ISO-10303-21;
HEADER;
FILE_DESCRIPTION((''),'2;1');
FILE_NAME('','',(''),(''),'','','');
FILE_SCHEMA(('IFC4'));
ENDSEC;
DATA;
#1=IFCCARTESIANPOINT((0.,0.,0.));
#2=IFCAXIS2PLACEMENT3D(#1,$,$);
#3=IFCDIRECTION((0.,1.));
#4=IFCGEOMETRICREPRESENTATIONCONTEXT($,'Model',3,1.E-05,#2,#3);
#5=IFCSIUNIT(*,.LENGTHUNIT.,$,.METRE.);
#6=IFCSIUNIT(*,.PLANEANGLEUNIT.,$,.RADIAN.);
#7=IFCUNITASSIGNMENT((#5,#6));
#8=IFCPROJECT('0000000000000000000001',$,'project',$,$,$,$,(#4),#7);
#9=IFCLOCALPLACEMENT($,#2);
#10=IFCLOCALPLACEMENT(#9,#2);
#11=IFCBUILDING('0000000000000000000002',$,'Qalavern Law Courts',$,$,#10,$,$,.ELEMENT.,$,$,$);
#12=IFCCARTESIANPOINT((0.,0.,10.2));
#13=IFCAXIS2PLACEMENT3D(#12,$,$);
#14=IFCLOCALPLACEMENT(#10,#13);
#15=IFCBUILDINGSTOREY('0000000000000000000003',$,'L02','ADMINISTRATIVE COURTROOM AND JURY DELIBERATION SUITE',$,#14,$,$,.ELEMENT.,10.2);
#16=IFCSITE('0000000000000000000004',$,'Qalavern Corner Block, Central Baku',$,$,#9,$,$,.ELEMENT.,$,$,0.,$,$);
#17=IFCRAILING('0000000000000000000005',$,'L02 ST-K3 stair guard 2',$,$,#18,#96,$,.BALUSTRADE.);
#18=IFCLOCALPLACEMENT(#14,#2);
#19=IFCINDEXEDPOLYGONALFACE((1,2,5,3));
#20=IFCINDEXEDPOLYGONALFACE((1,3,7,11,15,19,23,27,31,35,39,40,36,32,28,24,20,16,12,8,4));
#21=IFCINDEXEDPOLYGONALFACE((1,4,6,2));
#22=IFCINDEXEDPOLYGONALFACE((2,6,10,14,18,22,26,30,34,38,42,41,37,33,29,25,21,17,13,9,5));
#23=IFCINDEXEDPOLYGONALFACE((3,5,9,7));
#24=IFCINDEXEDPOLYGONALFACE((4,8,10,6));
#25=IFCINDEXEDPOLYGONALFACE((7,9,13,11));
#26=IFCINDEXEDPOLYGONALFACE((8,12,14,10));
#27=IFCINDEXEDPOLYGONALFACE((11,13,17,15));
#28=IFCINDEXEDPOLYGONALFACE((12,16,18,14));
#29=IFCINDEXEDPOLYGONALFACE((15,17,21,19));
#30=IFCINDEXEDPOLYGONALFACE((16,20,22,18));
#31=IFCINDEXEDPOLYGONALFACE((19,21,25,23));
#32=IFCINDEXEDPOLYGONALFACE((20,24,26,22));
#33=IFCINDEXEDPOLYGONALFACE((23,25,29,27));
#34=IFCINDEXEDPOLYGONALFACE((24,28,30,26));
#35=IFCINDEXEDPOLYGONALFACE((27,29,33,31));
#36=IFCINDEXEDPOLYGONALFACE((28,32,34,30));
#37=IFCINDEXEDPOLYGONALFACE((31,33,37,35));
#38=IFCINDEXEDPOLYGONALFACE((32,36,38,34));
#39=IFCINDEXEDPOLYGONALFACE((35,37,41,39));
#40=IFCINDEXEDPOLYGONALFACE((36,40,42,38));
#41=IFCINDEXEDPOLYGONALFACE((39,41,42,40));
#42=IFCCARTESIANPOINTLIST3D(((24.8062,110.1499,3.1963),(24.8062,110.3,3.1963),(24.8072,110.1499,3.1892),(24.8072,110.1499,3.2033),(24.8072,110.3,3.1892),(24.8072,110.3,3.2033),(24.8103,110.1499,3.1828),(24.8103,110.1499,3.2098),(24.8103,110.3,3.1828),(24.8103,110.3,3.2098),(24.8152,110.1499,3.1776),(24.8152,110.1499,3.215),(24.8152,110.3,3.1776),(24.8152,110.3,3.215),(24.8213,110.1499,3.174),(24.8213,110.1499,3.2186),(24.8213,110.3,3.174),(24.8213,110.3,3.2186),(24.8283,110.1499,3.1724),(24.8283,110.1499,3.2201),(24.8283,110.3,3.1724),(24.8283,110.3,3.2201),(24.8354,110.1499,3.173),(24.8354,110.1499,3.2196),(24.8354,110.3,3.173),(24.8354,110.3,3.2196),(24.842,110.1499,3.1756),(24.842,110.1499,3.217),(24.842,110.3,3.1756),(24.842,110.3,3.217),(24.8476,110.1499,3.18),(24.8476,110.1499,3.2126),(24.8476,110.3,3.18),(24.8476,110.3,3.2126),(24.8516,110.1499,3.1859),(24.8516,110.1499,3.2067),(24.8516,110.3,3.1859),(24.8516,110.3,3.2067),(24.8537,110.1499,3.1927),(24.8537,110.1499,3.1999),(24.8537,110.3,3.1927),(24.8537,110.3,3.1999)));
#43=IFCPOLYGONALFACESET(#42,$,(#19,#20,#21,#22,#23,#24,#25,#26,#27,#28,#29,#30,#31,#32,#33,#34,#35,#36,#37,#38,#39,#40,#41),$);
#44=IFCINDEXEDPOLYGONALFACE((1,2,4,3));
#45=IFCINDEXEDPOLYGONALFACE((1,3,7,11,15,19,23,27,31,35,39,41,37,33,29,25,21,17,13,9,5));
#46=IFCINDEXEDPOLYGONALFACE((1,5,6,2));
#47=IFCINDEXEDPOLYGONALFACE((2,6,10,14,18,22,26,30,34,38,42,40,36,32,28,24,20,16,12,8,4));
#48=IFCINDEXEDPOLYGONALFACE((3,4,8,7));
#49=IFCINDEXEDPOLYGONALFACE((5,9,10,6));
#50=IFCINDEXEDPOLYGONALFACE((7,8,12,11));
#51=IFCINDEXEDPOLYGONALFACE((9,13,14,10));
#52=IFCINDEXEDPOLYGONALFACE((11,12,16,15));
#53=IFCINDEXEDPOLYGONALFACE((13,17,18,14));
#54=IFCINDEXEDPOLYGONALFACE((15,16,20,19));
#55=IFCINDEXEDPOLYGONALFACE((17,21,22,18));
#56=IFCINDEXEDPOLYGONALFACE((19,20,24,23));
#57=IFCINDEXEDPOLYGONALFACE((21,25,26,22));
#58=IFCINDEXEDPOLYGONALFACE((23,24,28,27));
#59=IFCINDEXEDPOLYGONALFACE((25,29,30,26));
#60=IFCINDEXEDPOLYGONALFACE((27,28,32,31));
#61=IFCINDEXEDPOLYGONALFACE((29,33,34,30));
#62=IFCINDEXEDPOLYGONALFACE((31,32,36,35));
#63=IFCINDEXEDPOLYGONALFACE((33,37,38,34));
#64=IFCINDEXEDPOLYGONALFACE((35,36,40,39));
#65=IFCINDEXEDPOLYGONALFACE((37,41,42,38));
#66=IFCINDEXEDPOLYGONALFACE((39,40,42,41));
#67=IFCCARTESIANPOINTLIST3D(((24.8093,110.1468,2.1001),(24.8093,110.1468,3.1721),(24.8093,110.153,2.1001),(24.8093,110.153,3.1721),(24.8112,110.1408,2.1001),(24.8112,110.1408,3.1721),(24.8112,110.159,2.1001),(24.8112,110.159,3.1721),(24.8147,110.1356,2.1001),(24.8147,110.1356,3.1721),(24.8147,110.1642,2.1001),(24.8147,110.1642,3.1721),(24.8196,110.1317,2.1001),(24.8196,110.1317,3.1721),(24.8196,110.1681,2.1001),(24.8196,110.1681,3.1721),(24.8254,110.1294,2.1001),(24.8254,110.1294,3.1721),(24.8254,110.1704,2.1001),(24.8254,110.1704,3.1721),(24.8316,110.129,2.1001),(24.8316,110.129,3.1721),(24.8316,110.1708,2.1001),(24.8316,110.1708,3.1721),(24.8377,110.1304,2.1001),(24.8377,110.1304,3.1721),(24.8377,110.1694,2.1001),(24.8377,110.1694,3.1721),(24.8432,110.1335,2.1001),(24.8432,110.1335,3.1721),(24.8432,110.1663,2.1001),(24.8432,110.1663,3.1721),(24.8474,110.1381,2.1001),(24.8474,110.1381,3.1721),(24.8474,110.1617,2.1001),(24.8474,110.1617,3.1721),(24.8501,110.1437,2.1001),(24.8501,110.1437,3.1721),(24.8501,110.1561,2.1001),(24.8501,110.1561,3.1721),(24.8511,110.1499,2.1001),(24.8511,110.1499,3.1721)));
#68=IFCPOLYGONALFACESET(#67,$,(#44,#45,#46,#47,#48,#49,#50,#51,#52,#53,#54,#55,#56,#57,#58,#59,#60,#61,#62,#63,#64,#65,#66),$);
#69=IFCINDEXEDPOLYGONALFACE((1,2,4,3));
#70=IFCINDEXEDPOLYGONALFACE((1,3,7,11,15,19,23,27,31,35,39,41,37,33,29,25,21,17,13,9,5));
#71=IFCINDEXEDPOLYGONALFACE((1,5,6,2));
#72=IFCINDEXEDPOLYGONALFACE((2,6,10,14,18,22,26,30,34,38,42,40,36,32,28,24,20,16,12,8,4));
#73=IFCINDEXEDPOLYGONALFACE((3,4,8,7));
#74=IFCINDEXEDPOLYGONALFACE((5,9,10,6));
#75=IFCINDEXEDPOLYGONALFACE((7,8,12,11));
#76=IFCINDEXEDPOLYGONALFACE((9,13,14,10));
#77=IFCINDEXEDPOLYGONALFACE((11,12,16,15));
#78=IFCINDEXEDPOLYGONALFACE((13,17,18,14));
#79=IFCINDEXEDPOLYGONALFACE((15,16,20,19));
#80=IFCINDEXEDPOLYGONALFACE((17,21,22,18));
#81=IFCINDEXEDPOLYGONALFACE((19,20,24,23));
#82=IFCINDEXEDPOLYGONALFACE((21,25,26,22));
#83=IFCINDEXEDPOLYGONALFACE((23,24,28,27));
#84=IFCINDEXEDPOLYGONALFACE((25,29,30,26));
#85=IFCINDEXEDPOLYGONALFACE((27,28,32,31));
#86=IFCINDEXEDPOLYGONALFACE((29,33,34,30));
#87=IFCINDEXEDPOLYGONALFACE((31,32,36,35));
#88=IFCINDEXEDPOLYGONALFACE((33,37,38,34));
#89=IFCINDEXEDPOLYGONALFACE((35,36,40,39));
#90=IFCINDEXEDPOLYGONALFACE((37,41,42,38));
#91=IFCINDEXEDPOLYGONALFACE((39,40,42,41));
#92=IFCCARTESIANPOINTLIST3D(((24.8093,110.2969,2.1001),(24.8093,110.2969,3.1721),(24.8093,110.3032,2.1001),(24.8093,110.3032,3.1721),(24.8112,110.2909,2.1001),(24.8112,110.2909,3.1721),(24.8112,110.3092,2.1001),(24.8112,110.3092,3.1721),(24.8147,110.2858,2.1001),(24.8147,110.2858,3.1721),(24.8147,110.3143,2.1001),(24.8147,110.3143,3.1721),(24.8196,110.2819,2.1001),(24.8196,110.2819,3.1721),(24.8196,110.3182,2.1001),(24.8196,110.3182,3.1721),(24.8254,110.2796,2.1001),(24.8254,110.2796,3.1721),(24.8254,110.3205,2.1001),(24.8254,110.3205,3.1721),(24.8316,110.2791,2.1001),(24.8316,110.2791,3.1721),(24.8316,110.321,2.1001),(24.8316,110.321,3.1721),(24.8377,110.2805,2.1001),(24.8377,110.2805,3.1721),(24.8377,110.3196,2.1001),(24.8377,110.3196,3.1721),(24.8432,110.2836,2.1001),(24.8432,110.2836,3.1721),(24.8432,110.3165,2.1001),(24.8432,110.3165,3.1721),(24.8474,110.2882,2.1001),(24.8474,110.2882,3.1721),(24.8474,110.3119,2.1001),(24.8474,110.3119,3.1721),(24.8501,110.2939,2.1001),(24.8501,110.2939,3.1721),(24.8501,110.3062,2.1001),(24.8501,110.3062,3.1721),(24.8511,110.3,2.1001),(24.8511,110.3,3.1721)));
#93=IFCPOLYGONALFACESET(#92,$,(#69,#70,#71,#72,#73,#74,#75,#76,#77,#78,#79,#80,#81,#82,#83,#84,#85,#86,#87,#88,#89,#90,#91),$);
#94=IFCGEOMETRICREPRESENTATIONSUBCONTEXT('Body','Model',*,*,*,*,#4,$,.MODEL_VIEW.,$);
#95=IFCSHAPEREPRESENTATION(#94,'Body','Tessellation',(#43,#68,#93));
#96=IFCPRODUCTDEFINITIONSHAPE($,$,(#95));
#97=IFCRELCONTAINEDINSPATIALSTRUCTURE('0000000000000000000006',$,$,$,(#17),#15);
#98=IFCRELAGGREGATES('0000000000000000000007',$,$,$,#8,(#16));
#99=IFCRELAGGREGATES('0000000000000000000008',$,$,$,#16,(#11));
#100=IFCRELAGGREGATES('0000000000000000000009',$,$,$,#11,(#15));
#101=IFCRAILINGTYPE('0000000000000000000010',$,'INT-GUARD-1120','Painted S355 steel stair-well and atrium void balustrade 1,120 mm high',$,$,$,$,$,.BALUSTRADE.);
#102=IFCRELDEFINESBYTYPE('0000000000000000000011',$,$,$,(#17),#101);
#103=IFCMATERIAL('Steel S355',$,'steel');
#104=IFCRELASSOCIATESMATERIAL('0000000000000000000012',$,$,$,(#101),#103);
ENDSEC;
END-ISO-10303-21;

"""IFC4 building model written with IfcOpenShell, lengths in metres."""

from ifc_helpers import new_model, si_unit, direction, frame, origin, origin_2d, place, context, subcontext, project, spatial, circle, extrude, material, type_object, element, save


model = new_model("IFC4")

# Units and contexts
model_context = context("Model", 3, precision=1e-05, world=origin(), true_north=direction((0.0, 1.0)))
body_context = subcontext(model_context, "Body", "Model", "MODEL_VIEW")
ifc_project = project(units=[si_unit("LENGTHUNIT", "METRE"), si_unit("PLANEANGLEUNIT", "RADIAN")], contexts=[model_context])

# Site, building, storey
site_placement = place(None, origin())
site = spatial("IfcSite", under=ifc_project, at=site_placement, Name="Qalavern Corner Block, Central Baku", CompositionType="ELEMENT", RefElevation=0.0)
building_placement = place(site_placement, origin())
building = spatial("IfcBuilding", under=site, at=building_placement, Name="Qalavern Law Courts", CompositionType="ELEMENT")
storey_placement = place(building_placement, frame((0.0, 0.0, 10.2)))
storey = spatial("IfcBuildingStorey", under=building, at=storey_placement, Name="L02", Description="ADMINISTRATIVE COURTROOM AND JURY DELIBERATION SUITE", CompositionType="ELEMENT", Elevation=10.2)

# Shared definitions
ifc_material_1 = material(Name="Steel S355", Category="steel")

# Railing
railing_type_1 = type_object("IfcRailingType", Name="INT-GUARD-1120", Description="Painted S355 steel stair-well and atrium void balustrade 1,120 mm high", PredefinedType="BALUSTRADE", material=ifc_material_1)
railing_1_placement = place(storey_placement, frame((24.8301, 110.1499, 2.1001)))
element("IfcRailing", 1, at=railing_1_placement, inside=storey, type_object=railing_type_1, Name="L02 ST-K3 stair guard 2", PredefinedType="BALUSTRADE", context=body_context, shape_type="SweptSolid", body=[
    extrude(circle(Radius=0.0239, at=origin_2d()), frame((0.0, 0.0, 1.0962), z_axis=(0.0, 1.0, 0.0), x_axis=(-1.0, 0.0, 0.0)), (0.0, 0.0, 1.0), 0.1501),
    extrude(circle(Radius=0.021, at=origin_2d()), origin(), (0.0, 0.0, 1.0), 1.072),
    extrude(circle(Radius=0.021, at=origin_2d()), frame((0.0, 0.1501, 0.0)), (0.0, 0.0, 1.0), 1.072),
])

save(model, "model.ifc")
